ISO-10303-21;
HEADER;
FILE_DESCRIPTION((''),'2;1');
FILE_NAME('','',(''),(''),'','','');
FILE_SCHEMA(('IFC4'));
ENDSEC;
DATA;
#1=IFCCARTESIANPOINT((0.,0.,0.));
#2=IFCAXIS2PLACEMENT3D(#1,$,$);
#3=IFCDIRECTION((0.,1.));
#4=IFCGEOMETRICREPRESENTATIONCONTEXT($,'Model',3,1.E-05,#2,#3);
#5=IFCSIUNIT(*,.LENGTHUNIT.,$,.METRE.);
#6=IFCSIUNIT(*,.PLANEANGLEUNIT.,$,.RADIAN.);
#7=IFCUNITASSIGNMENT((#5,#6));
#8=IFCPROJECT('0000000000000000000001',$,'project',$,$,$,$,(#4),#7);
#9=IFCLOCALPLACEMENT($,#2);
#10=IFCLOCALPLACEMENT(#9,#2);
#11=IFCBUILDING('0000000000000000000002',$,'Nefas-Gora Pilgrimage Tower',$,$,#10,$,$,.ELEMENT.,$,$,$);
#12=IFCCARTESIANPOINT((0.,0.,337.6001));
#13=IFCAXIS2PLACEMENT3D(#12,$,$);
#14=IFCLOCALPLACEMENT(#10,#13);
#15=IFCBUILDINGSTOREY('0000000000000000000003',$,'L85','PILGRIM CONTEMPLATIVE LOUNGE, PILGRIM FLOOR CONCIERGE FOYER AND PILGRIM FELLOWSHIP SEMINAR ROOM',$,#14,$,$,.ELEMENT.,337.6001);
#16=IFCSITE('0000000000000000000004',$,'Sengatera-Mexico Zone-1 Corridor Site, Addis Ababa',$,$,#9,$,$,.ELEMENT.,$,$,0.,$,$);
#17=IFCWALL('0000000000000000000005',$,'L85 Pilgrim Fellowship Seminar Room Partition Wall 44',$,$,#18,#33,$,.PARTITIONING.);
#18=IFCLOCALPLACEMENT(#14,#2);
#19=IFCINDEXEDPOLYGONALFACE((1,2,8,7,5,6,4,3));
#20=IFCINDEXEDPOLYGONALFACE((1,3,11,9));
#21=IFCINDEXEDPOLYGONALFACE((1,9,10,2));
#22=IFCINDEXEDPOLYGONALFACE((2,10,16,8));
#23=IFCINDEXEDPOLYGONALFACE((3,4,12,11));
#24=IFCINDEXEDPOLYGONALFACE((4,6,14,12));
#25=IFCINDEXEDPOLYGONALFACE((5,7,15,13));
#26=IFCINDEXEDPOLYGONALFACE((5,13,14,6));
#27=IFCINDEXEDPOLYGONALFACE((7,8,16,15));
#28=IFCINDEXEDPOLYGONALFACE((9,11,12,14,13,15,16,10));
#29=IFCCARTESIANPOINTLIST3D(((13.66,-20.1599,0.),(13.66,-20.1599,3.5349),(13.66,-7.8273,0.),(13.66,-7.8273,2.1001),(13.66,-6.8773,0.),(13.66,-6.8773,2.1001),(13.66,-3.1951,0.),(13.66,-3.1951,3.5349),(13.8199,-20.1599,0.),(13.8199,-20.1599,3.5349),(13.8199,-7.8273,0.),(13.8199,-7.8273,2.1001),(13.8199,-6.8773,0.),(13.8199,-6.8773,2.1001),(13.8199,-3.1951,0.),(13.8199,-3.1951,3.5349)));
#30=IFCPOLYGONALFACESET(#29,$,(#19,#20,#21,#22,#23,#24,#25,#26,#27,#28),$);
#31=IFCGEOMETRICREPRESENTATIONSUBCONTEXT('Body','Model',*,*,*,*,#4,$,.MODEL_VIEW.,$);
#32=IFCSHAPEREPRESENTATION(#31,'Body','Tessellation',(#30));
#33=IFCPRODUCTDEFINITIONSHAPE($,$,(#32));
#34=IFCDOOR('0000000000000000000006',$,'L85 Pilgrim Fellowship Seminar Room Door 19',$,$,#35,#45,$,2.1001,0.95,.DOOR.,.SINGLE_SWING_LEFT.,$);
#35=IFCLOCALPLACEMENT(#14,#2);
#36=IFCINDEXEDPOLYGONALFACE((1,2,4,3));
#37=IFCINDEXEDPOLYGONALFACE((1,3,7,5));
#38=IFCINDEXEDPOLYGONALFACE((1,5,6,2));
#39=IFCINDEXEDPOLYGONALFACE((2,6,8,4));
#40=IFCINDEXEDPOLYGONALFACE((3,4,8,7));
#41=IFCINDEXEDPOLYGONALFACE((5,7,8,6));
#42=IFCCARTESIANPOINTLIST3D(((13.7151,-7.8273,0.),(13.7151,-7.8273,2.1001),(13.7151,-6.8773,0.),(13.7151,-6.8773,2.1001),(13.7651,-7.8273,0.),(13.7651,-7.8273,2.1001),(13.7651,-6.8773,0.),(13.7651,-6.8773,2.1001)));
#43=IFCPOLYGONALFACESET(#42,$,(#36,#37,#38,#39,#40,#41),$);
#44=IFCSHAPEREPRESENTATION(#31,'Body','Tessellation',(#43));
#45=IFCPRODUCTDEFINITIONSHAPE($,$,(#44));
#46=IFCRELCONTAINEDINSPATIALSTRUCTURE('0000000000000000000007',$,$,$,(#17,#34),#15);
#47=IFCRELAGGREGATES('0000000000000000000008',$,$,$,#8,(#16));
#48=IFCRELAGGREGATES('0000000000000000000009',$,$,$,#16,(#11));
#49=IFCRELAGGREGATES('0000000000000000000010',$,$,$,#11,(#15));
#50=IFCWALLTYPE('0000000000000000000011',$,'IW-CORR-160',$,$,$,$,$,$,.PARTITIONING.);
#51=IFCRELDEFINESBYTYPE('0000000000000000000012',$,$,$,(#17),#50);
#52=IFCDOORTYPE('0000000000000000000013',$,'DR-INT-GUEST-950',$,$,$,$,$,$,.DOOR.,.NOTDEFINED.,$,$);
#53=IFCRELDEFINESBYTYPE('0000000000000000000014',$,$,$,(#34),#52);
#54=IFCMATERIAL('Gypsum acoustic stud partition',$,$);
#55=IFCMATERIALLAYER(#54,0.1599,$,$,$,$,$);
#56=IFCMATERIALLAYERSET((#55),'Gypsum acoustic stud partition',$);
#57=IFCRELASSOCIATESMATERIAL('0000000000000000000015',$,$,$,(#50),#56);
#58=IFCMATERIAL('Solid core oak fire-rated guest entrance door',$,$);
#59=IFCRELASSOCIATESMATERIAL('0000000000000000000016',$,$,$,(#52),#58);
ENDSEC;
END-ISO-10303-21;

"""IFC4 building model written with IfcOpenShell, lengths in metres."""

from ifc_helpers import new_model, si_unit, direction, frame, frame_2d, origin, place, context, subcontext, project, spatial, rectangle, extrude, source, transform, mapped, material, layer, layer_set, type_object, element, fill, save


model = new_model("IFC4")

# Units and contexts
model_context = context("Model", 3, precision=1e-05, world=origin(), true_north=direction((0.0, 1.0)))
body_context = subcontext(model_context, "Body", "Model", "MODEL_VIEW")
ifc_project = project(units=[si_unit("LENGTHUNIT", "METRE"), si_unit("PLANEANGLEUNIT", "RADIAN")], contexts=[model_context])

# Site, building, storey
site_placement = place(None, origin())
site = spatial("IfcSite", under=ifc_project, at=site_placement, Name="Sengatera-Mexico Zone-1 Corridor Site, Addis Ababa", CompositionType="ELEMENT", RefElevation=0.0)
building_placement = place(site_placement, origin())
building = spatial("IfcBuilding", under=site, at=building_placement, Name="Nefas-Gora Pilgrimage Tower", CompositionType="ELEMENT")
storey_placement = place(building_placement, frame((0.0, 0.0, 337.6001)))
storey = spatial("IfcBuildingStorey", under=building, at=storey_placement, Name="L85", Description="PILGRIM CONTEMPLATIVE LOUNGE, PILGRIM FLOOR CONCIERGE FOYER AND PILGRIM FELLOWSHIP SEMINAR ROOM", CompositionType="ELEMENT", Elevation=337.6001)

# Wall, opening, door
ifc_material_1 = material(Name="Gypsum acoustic stud partition")
ifc_layer_1 = layer(ifc_material_1, 0.1599)
ifc_layer_set_1 = layer_set([ifc_layer_1], Name="Gypsum acoustic stud partition")
wall_type_1 = type_object("IfcWallType", Name="IW-CORR-160", PredefinedType="PARTITIONING", material=ifc_layer_set_1)
shared_shape_1 = source(origin(), body_context, "Body", "SweptSolid", [
    extrude(rectangle(XDim=16.9648, YDim=0.1599, at=frame_2d((8.4824, 0.0))), origin(), (0.0, 0.0, 1.0), 3.5349),
])
wall_1_placement = place(storey_placement, frame((13.74, -20.1599, 0.0), z_axis=(0.0, 0.0, 1.0), x_axis=(0.0, 1.0, 0.0)))
wall_1 = element("IfcWall", 1, at=wall_1_placement, inside=storey, type_object=wall_type_1, Name="L85 Pilgrim Fellowship Seminar Room Partition Wall 44", PredefinedType="PARTITIONING", context=body_context, shape_type="MappedRepresentation", body=[
    mapped(shared_shape_1, transform((0.0, 0.0, 0.0), x_axis=(1.0, 0.0, 0.0), y_axis=(0.0, 1.0, 0.0), z_axis=(0.0, 0.0, 1.0), scale=1.0)),
])
opening_1_placement = place(wall_1_placement, frame((12.3325, 0.0, 0.0)))
opening_1 = element("IfcOpeningElement", 2, at=opening_1_placement, cuts=wall_1, PredefinedType="OPENING", context=body_context, shape_type="SweptSolid", body=[
    extrude(rectangle(XDim=0.95, YDim=2.1001, at=frame_2d((0.4751, 1.05))), frame((0.0, 0.0898, 0.0), z_axis=(0.0, -1.0, 0.0), x_axis=(1.0, 0.0, 0.0)), (0.0, 0.0, 1.0), 0.1799),
])
ifc_material_2 = material(Name="Solid core oak fire-rated guest entrance door")
door_type_1 = type_object("IfcDoorType", Name="DR-INT-GUEST-950", OperationType="NOTDEFINED", PredefinedType="DOOR", material=ifc_material_2)
shared_shape_2 = source(origin(), body_context, "Body", "SweptSolid", [
    extrude(rectangle(XDim=0.95, YDim=2.1001, at=frame_2d((0.4751, 1.05))), frame((0.0, 0.0249, 0.0), z_axis=(0.0, -1.0, 0.0), x_axis=(1.0, 0.0, 0.0)), (0.0, 0.0, 1.0), 0.05),
])
door_1_placement = place(opening_1_placement, origin())
door_1 = element("IfcDoor", 3, at=door_1_placement, inside=storey, type_object=door_type_1, Name="L85 Pilgrim Fellowship Seminar Room Door 19", OperationType="SINGLE_SWING_LEFT", OverallHeight=2.1001, OverallWidth=0.95, PredefinedType="DOOR", context=body_context, shape_type="MappedRepresentation", body=[
    mapped(shared_shape_2, transform((0.0, 0.0, 0.0), x_axis=(1.0, 0.0, 0.0), y_axis=(0.0, 1.0, 0.0), z_axis=(0.0, 0.0, 1.0), scale=1.0)),
])
fill(opening_1, door_1)

save(model, "model.ifc")
